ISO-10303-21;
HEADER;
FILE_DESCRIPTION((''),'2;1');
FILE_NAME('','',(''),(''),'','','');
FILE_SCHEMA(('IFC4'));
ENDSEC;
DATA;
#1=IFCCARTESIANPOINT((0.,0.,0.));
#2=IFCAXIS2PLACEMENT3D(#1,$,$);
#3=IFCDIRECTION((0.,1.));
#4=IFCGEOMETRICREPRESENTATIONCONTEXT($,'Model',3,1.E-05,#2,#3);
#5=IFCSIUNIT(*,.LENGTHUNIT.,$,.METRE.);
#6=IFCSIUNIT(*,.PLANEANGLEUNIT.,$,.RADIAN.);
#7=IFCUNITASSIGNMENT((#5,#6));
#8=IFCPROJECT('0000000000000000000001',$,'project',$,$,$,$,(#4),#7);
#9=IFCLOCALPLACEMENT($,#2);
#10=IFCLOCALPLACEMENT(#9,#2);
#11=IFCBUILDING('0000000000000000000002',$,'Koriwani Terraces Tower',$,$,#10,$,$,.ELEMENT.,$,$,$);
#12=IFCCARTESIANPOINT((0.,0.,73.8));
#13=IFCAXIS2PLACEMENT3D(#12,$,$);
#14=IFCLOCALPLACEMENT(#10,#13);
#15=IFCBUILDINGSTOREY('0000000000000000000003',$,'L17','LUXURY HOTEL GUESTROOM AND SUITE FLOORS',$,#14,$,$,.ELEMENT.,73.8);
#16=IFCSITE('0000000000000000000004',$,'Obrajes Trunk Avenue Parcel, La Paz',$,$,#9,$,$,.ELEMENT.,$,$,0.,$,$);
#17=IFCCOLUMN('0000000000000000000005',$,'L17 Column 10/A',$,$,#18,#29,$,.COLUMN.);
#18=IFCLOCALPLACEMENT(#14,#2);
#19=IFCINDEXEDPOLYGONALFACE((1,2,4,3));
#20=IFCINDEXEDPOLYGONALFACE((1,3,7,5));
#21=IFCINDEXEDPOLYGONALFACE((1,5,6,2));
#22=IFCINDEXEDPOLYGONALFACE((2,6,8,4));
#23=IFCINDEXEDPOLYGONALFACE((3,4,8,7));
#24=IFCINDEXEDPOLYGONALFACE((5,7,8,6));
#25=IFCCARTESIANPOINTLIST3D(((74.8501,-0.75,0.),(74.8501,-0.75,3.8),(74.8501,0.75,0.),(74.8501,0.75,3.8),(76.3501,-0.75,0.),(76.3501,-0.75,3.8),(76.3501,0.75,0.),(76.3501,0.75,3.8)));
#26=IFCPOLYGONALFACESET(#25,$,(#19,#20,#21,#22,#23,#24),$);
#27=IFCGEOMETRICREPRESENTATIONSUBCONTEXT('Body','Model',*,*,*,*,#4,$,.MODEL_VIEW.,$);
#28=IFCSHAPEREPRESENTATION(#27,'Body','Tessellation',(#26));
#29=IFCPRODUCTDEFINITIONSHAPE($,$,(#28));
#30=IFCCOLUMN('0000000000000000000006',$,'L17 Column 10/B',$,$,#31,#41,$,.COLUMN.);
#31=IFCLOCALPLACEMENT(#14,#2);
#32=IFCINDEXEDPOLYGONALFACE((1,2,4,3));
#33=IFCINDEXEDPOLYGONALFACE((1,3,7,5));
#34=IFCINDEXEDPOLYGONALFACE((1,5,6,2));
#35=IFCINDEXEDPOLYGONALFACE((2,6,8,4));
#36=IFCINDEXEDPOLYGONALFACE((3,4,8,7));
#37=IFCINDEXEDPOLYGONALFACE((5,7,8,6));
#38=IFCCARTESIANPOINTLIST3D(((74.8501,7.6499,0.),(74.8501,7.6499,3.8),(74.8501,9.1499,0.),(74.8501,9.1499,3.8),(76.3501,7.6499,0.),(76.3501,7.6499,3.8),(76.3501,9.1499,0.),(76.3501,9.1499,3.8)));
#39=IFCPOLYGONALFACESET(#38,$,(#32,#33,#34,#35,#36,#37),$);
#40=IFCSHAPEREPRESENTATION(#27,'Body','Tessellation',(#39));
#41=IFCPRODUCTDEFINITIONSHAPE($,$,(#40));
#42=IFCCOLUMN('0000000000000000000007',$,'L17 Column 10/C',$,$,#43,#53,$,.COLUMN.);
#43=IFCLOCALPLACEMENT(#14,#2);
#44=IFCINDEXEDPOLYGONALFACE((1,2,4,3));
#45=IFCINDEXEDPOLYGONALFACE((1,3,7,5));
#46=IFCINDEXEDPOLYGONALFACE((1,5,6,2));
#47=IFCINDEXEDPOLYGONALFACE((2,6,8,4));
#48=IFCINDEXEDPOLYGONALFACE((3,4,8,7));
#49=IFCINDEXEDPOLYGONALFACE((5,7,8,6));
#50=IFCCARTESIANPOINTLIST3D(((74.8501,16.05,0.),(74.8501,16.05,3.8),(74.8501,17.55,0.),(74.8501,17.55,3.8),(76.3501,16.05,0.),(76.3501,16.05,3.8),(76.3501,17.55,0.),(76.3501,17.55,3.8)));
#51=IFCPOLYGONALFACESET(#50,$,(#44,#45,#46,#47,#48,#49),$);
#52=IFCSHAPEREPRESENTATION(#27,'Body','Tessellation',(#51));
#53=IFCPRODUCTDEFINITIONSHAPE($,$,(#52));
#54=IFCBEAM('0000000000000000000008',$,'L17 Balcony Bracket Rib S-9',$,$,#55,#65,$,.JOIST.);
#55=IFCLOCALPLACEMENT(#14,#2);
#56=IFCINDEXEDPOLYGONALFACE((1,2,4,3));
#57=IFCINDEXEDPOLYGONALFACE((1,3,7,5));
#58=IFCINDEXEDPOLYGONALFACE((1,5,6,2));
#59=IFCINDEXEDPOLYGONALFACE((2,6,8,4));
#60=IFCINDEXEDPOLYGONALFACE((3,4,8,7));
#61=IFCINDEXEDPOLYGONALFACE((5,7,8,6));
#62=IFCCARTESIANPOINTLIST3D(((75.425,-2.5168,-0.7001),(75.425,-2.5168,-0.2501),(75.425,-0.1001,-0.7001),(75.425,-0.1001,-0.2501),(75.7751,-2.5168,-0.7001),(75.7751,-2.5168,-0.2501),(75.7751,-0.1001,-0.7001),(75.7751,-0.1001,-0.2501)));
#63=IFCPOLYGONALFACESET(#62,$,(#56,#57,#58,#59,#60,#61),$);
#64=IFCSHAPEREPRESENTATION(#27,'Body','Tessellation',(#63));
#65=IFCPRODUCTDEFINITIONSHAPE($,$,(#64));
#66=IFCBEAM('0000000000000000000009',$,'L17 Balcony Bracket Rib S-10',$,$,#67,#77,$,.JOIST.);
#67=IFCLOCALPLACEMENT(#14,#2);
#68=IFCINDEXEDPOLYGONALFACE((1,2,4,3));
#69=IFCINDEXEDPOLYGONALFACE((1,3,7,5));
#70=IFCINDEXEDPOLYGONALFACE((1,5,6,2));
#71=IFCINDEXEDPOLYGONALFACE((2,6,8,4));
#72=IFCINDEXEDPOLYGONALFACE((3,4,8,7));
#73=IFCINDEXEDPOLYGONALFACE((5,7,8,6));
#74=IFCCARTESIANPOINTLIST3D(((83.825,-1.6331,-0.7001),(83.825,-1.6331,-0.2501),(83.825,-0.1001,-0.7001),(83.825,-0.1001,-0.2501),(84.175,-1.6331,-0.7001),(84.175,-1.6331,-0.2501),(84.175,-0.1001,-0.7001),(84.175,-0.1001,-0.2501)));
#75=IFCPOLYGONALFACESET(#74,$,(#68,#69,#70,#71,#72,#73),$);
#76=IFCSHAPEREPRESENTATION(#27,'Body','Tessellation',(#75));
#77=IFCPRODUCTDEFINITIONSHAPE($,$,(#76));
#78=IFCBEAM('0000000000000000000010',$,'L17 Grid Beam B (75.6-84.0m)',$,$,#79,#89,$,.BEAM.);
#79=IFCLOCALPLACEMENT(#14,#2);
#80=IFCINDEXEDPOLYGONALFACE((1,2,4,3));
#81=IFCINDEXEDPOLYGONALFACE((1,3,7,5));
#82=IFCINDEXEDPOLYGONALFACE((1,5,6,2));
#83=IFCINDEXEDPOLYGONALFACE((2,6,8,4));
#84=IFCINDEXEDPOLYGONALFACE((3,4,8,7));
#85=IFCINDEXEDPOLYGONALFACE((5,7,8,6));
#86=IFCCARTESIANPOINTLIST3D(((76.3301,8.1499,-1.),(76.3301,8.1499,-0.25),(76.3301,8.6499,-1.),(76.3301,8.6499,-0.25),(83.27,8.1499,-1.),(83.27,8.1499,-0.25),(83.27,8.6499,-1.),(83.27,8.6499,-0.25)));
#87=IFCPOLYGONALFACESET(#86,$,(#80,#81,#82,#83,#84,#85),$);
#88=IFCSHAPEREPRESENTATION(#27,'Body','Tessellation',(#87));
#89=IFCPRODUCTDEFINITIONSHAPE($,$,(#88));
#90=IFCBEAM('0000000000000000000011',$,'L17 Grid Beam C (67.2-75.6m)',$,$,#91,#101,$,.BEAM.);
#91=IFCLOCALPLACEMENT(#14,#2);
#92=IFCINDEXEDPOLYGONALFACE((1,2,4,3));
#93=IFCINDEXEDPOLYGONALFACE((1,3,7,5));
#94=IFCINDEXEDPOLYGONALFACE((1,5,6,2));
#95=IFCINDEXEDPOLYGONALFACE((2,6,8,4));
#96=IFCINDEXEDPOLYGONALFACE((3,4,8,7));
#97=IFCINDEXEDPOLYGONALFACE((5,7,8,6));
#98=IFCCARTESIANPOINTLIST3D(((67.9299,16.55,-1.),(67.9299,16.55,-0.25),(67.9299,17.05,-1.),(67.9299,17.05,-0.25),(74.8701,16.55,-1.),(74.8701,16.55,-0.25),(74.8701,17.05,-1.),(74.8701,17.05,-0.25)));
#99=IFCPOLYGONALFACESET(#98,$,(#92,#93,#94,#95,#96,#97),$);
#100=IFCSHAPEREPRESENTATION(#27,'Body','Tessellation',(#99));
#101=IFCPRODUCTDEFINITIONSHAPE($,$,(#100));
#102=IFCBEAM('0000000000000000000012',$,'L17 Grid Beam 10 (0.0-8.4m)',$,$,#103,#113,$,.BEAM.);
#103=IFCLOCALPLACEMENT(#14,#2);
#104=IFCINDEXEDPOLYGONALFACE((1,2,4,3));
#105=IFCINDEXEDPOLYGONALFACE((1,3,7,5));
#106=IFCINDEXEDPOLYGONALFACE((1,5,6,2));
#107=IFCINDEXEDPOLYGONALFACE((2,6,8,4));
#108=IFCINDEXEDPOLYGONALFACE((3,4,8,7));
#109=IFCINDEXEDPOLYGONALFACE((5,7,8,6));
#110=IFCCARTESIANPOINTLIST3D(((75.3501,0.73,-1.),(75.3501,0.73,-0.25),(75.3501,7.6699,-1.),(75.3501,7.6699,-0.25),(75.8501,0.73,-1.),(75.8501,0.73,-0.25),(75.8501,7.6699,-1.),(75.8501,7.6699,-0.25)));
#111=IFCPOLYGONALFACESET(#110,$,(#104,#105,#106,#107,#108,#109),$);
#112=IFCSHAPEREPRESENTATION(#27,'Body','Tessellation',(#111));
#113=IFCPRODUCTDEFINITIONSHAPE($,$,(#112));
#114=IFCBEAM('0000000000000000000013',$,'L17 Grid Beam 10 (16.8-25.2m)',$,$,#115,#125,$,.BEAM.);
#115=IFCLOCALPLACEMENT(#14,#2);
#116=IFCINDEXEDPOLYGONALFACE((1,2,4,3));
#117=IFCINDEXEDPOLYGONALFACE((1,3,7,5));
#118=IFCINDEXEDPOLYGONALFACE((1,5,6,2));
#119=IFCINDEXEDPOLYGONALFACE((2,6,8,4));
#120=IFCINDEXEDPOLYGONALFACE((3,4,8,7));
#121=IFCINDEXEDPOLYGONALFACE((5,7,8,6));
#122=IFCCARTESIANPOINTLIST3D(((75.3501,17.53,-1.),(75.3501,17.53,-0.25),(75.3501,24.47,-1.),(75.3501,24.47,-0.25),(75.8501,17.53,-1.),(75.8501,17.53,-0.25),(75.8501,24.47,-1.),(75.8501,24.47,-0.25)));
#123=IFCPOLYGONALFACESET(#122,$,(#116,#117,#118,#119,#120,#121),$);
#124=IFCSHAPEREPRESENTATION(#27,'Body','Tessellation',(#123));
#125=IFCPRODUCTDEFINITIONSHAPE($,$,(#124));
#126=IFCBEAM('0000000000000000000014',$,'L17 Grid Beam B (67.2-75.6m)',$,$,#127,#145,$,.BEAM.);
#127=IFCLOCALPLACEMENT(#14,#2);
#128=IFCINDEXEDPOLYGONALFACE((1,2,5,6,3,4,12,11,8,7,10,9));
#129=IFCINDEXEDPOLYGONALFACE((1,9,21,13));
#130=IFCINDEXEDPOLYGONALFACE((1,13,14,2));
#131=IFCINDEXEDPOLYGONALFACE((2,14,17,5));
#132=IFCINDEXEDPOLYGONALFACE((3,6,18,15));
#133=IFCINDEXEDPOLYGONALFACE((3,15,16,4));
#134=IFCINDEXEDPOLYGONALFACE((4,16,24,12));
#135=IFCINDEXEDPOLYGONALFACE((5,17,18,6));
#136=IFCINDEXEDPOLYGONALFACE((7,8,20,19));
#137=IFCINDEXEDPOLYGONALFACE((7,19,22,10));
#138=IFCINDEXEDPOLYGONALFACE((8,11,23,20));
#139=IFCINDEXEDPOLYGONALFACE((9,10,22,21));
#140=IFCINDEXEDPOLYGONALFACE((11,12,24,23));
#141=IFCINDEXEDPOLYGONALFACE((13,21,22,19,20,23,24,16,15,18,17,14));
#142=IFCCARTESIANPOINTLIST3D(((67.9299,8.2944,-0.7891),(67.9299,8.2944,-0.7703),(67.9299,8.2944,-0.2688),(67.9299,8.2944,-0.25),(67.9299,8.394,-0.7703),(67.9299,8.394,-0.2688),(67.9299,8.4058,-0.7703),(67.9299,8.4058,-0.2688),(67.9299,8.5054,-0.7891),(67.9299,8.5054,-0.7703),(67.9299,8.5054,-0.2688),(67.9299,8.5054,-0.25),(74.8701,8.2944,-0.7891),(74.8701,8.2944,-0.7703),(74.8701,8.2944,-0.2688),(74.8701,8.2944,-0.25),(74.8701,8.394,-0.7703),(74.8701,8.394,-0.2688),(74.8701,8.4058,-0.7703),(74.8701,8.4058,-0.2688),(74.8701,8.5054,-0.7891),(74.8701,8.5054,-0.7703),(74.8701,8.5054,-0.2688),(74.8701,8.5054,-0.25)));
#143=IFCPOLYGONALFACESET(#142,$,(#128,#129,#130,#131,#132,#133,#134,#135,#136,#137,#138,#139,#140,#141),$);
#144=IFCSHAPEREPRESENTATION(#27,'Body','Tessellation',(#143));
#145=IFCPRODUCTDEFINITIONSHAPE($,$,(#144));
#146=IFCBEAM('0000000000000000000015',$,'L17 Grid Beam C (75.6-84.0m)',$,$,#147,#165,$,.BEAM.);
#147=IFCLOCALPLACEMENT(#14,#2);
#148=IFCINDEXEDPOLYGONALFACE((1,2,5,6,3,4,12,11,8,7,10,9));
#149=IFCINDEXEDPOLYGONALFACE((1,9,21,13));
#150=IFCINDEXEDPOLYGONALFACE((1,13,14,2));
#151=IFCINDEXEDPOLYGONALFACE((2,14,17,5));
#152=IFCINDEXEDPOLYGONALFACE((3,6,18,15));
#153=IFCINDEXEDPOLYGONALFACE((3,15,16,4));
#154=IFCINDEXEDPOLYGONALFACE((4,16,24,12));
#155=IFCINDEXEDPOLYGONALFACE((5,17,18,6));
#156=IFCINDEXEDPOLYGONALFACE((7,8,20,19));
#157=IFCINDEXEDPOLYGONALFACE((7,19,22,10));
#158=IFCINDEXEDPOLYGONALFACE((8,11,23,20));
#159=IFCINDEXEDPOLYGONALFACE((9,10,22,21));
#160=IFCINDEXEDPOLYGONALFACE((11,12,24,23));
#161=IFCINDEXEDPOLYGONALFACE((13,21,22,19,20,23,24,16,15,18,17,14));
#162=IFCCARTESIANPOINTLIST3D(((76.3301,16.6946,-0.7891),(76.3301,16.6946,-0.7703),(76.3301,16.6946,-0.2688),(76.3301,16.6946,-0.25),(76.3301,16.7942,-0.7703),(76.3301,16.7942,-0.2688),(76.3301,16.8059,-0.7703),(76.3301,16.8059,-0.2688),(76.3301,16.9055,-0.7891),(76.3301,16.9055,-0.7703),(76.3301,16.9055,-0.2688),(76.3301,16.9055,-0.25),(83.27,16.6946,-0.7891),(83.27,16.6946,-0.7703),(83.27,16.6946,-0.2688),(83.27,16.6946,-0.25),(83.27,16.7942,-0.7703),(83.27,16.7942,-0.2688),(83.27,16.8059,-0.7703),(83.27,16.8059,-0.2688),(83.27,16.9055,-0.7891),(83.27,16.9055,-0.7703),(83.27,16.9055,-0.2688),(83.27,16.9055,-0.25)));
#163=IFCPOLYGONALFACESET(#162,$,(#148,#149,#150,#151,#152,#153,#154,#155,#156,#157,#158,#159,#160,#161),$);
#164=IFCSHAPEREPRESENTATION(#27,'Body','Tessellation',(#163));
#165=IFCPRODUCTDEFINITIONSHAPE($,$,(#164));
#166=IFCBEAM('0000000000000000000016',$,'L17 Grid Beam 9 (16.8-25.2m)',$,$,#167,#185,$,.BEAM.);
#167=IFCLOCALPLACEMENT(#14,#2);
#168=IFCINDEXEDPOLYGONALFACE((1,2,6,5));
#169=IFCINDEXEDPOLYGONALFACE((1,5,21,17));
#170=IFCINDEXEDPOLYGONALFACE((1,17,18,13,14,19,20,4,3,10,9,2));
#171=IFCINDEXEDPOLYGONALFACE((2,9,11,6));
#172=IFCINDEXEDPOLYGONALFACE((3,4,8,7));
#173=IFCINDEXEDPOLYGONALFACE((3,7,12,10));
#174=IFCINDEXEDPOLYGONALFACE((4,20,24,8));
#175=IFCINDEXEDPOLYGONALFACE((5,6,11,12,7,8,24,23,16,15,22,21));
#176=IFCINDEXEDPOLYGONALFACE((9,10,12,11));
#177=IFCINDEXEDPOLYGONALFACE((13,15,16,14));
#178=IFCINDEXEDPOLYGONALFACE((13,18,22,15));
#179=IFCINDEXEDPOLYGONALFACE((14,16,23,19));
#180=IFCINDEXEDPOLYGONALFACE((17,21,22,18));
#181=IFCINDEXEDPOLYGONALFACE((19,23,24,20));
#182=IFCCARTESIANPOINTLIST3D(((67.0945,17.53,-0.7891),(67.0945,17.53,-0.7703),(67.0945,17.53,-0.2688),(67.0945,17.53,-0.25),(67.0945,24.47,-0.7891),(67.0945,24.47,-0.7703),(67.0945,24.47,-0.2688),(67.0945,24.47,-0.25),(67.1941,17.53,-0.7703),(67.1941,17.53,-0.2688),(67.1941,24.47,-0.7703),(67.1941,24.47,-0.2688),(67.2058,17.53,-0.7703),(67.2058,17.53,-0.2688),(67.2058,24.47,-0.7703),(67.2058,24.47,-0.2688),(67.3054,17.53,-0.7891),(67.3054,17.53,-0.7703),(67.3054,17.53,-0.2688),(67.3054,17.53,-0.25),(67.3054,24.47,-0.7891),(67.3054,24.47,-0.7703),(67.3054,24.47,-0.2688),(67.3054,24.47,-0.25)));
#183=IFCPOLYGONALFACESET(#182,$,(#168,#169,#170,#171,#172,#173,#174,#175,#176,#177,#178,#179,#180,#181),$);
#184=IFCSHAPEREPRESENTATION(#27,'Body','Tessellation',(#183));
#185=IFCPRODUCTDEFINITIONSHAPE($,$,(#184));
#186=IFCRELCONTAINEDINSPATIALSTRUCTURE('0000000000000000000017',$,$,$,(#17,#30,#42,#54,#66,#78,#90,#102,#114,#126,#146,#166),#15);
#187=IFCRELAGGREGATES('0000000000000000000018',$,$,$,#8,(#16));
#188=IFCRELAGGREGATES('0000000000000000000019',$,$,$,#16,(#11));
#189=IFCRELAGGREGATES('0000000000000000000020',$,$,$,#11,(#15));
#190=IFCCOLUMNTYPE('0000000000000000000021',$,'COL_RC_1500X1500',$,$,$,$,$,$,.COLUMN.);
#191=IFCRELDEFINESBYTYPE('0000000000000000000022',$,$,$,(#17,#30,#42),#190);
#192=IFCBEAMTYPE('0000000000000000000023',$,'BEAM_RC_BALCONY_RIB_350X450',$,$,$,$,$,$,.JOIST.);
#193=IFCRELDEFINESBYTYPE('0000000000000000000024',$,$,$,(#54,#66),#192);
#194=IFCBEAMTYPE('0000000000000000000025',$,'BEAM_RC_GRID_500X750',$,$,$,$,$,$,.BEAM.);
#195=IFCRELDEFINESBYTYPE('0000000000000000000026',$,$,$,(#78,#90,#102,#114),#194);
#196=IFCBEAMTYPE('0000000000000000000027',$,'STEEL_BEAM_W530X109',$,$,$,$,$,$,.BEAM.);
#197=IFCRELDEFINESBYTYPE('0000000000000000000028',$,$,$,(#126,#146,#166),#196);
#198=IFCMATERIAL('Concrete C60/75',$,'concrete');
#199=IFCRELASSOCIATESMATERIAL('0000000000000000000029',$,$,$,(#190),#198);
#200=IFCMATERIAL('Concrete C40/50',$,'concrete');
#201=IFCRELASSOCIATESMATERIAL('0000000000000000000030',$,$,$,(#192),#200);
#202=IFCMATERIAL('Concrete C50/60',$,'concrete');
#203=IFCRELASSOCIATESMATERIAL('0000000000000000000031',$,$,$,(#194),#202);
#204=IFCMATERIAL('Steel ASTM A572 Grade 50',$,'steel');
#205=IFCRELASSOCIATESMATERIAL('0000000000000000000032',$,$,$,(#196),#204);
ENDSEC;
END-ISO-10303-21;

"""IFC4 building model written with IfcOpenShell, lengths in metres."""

from ifc_helpers import new_model, si_unit, direction, frame, origin, origin_2d, place, context, subcontext, project, spatial, rectangle, i_section, extrude, material, material_profile, profile_set, type_object, element, save


model = new_model("IFC4")

# Units and contexts
model_context = context("Model", 3, precision=1e-05, world=origin(), true_north=direction((0.0, 1.0)))
body_context = subcontext(model_context, "Body", "Model", "MODEL_VIEW")
ifc_project = project(units=[si_unit("LENGTHUNIT", "METRE"), si_unit("PLANEANGLEUNIT", "RADIAN")], contexts=[model_context])

# Site, building, storey
site_placement = place(None, origin())
site = spatial("IfcSite", under=ifc_project, at=site_placement, Name="Obrajes Trunk Avenue Parcel, La Paz", CompositionType="ELEMENT", RefElevation=0.0)
building_placement = place(site_placement, origin())
building = spatial("IfcBuilding", under=site, at=building_placement, Name="Koriwani Terraces Tower", CompositionType="ELEMENT")
storey_placement = place(building_placement, frame((0.0, 0.0, 73.8)))
storey = spatial("IfcBuildingStorey", under=building, at=storey_placement, Name="L17", Description="LUXURY HOTEL GUESTROOM AND SUITE FLOORS", CompositionType="ELEMENT", Elevation=73.8)

# Columns
ifc_material_1 = material(Name="Concrete C60/75", Category="concrete")
ifc_material_profile_1 = material_profile(ifc_material_1, rectangle(XDim=1.5, YDim=1.5, at=origin_2d()), Name="Concrete C60/75", Category="LoadBearing")
ifc_profile_set_1 = profile_set([ifc_material_profile_1], Name="Concrete C60/75")
column_type = type_object("IfcColumnType", Name="COL_RC_1500X1500", PredefinedType="COLUMN", material=ifc_profile_set_1)
for number, where, z_axis, x_axis, name in (
    (1, (75.6001, 0.0, 0.0), (0.0, 0.0, 1.0), (1.0, 0.0, 0.0), "L17 Column 10/A"),
    (2, (75.6001, 8.3999, 0.0), (0.0, 0.0, 1.0), (1.0, 0.0, 0.0), "L17 Column 10/B"),
    (3, (75.6001, 16.8, 0.0), (0.0, 0.0, 1.0), (1.0, 0.0, 0.0), "L17 Column 10/C"),
):
    element("IfcColumn", number, at=place(storey_placement, frame(where, z_axis=z_axis, x_axis=x_axis)), inside=storey, type_object=column_type, Name=name, PredefinedType="COLUMN", context=body_context, shape_type="SweptSolid", body=[
        extrude(rectangle(XDim=1.5, YDim=1.5, at=origin_2d()), origin(), (0.0, 0.0, 1.0), 3.8),
    ])

# Beams
ifc_material_2 = material(Name="Concrete C40/50", Category="concrete")
ifc_material_profile_2 = material_profile(ifc_material_2, rectangle(XDim=0.3501, YDim=0.45, at=origin_2d()), Name="Concrete C40/50", Category="LoadBearing")
ifc_profile_set_2 = profile_set([ifc_material_profile_2], Name="Concrete C40/50")
beam_type_1 = type_object("IfcBeamType", Name="BEAM_RC_BALCONY_RIB_350X450", PredefinedType="JOIST", material=ifc_profile_set_2)
beam_1_placement = place(storey_placement, frame((75.6001, -2.5168, -0.4751), z_axis=(0.0, 1.0, 0.0), x_axis=(-1.0, 0.0, 0.0)))
element("IfcBeam", 4, at=beam_1_placement, inside=storey, type_object=beam_type_1, Name="L17 Balcony Bracket Rib S-9", PredefinedType="JOIST", context=body_context, shape_type="SweptSolid", body=[
    extrude(rectangle(XDim=0.3501, YDim=0.45, at=origin_2d()), origin(), (0.0, 0.0, 1.0), 2.4167),
])
beam_2_placement = place(storey_placement, frame((84.0, -1.6331, -0.4751), z_axis=(0.0, 1.0, 0.0), x_axis=(-1.0, 0.0, 0.0)))
element("IfcBeam", 5, at=beam_2_placement, inside=storey, type_object=beam_type_1, Name="L17 Balcony Bracket Rib S-10", PredefinedType="JOIST", context=body_context, shape_type="SweptSolid", body=[
    extrude(rectangle(XDim=0.3501, YDim=0.45, at=origin_2d()), origin(), (0.0, 0.0, 1.0), 1.533),
])
ifc_material_3 = material(Name="Concrete C50/60", Category="concrete")
ifc_material_profile_3 = material_profile(ifc_material_3, rectangle(XDim=0.5, YDim=0.75, at=origin_2d()), Name="Concrete C50/60", Category="LoadBearing")
ifc_profile_set_3 = profile_set([ifc_material_profile_3], Name="Concrete C50/60")
beam_type_2 = type_object("IfcBeamType", Name="BEAM_RC_GRID_500X750", PredefinedType="BEAM", material=ifc_profile_set_3)
beam_3_placement = place(storey_placement, frame((76.3301, 8.3999, -0.625), z_axis=(1.0, 0.0, 0.0), x_axis=(0.0, 1.0, 0.0)))
element("IfcBeam", 6, at=beam_3_placement, inside=storey, type_object=beam_type_2, Name="L17 Grid Beam B (75.6-84.0m)", PredefinedType="BEAM", context=body_context, shape_type="SweptSolid", body=[
    extrude(rectangle(XDim=0.5, YDim=0.75, at=origin_2d()), origin(), (0.0, 0.0, 1.0), 6.9399),
])
beam_4_placement = place(storey_placement, frame((67.9299, 16.8, -0.625), z_axis=(1.0, 0.0, 0.0), x_axis=(0.0, 1.0, 0.0)))
element("IfcBeam", 7, at=beam_4_placement, inside=storey, type_object=beam_type_2, Name="L17 Grid Beam C (67.2-75.6m)", PredefinedType="BEAM", context=body_context, shape_type="SweptSolid", body=[
    extrude(rectangle(XDim=0.5, YDim=0.75, at=origin_2d()), origin(), (0.0, 0.0, 1.0), 6.9402),
])
for number, where, z_axis, x_axis, name in (
    (8, (75.6001, 0.73, -0.625), (0.0, 1.0, 0.0), (-1.0, 0.0, 0.0), "L17 Grid Beam 10 (0.0-8.4m)"),
    (9, (75.6001, 17.53, -0.625), (0.0, 1.0, 0.0), (-1.0, 0.0, 0.0), "L17 Grid Beam 10 (16.8-25.2m)"),
):
    element("IfcBeam", number, at=place(storey_placement, frame(where, z_axis=z_axis, x_axis=x_axis)), inside=storey, type_object=beam_type_2, Name=name, PredefinedType="BEAM", context=body_context, shape_type="SweptSolid", body=[
        extrude(rectangle(XDim=0.5, YDim=0.75, at=origin_2d()), origin(), (0.0, 0.0, 1.0), 6.9399),
    ])
ifc_material_4 = material(Name="Steel ASTM A572 Grade 50", Category="steel")
ifc_material_profile_4 = material_profile(ifc_material_4, i_section(OverallWidth=0.2109, OverallDepth=0.5391, WebThickness=0.0117, FlangeThickness=0.0188, at=origin_2d()), Name="Steel ASTM A572 Grade 50", Category="LoadBearing")
ifc_profile_set_4 = profile_set([ifc_material_profile_4], Name="Steel ASTM A572 Grade 50")
beam_type_3 = type_object("IfcBeamType", Name="STEEL_BEAM_W530X109", PredefinedType="BEAM", material=ifc_profile_set_4)
beam_5_placement = place(storey_placement, frame((67.9299, 8.3999, -0.5195), z_axis=(1.0, 0.0, 0.0), x_axis=(0.0, 1.0, 0.0)))
element("IfcBeam", 10, at=beam_5_placement, inside=storey, type_object=beam_type_3, Name="L17 Grid Beam B (67.2-75.6m)", PredefinedType="BEAM", context=body_context, shape_type="SweptSolid", body=[
    extrude(i_section(OverallWidth=0.2109, OverallDepth=0.5391, WebThickness=0.0117, FlangeThickness=0.0188, at=origin_2d()), origin(), (0.0, 0.0, 1.0), 6.9402),
])
for number, where, z_axis, x_axis, name in (
    (11, (76.3301, 16.8, -0.5195), (1.0, 0.0, 0.0), (0.0, 1.0, 0.0), "L17 Grid Beam C (75.6-84.0m)"),
    (12, (67.2, 17.53, -0.5195), (0.0, 1.0, 0.0), (-1.0, 0.0, 0.0), "L17 Grid Beam 9 (16.8-25.2m)"),
):
    element("IfcBeam", number, at=place(storey_placement, frame(where, z_axis=z_axis, x_axis=x_axis)), inside=storey, type_object=beam_type_3, Name=name, PredefinedType="BEAM", context=body_context, shape_type="SweptSolid", body=[
        extrude(i_section(OverallWidth=0.2109, OverallDepth=0.5391, WebThickness=0.0117, FlangeThickness=0.0188, at=origin_2d()), origin(), (0.0, 0.0, 1.0), 6.9399),
    ])

save(model, "model.ifc")
